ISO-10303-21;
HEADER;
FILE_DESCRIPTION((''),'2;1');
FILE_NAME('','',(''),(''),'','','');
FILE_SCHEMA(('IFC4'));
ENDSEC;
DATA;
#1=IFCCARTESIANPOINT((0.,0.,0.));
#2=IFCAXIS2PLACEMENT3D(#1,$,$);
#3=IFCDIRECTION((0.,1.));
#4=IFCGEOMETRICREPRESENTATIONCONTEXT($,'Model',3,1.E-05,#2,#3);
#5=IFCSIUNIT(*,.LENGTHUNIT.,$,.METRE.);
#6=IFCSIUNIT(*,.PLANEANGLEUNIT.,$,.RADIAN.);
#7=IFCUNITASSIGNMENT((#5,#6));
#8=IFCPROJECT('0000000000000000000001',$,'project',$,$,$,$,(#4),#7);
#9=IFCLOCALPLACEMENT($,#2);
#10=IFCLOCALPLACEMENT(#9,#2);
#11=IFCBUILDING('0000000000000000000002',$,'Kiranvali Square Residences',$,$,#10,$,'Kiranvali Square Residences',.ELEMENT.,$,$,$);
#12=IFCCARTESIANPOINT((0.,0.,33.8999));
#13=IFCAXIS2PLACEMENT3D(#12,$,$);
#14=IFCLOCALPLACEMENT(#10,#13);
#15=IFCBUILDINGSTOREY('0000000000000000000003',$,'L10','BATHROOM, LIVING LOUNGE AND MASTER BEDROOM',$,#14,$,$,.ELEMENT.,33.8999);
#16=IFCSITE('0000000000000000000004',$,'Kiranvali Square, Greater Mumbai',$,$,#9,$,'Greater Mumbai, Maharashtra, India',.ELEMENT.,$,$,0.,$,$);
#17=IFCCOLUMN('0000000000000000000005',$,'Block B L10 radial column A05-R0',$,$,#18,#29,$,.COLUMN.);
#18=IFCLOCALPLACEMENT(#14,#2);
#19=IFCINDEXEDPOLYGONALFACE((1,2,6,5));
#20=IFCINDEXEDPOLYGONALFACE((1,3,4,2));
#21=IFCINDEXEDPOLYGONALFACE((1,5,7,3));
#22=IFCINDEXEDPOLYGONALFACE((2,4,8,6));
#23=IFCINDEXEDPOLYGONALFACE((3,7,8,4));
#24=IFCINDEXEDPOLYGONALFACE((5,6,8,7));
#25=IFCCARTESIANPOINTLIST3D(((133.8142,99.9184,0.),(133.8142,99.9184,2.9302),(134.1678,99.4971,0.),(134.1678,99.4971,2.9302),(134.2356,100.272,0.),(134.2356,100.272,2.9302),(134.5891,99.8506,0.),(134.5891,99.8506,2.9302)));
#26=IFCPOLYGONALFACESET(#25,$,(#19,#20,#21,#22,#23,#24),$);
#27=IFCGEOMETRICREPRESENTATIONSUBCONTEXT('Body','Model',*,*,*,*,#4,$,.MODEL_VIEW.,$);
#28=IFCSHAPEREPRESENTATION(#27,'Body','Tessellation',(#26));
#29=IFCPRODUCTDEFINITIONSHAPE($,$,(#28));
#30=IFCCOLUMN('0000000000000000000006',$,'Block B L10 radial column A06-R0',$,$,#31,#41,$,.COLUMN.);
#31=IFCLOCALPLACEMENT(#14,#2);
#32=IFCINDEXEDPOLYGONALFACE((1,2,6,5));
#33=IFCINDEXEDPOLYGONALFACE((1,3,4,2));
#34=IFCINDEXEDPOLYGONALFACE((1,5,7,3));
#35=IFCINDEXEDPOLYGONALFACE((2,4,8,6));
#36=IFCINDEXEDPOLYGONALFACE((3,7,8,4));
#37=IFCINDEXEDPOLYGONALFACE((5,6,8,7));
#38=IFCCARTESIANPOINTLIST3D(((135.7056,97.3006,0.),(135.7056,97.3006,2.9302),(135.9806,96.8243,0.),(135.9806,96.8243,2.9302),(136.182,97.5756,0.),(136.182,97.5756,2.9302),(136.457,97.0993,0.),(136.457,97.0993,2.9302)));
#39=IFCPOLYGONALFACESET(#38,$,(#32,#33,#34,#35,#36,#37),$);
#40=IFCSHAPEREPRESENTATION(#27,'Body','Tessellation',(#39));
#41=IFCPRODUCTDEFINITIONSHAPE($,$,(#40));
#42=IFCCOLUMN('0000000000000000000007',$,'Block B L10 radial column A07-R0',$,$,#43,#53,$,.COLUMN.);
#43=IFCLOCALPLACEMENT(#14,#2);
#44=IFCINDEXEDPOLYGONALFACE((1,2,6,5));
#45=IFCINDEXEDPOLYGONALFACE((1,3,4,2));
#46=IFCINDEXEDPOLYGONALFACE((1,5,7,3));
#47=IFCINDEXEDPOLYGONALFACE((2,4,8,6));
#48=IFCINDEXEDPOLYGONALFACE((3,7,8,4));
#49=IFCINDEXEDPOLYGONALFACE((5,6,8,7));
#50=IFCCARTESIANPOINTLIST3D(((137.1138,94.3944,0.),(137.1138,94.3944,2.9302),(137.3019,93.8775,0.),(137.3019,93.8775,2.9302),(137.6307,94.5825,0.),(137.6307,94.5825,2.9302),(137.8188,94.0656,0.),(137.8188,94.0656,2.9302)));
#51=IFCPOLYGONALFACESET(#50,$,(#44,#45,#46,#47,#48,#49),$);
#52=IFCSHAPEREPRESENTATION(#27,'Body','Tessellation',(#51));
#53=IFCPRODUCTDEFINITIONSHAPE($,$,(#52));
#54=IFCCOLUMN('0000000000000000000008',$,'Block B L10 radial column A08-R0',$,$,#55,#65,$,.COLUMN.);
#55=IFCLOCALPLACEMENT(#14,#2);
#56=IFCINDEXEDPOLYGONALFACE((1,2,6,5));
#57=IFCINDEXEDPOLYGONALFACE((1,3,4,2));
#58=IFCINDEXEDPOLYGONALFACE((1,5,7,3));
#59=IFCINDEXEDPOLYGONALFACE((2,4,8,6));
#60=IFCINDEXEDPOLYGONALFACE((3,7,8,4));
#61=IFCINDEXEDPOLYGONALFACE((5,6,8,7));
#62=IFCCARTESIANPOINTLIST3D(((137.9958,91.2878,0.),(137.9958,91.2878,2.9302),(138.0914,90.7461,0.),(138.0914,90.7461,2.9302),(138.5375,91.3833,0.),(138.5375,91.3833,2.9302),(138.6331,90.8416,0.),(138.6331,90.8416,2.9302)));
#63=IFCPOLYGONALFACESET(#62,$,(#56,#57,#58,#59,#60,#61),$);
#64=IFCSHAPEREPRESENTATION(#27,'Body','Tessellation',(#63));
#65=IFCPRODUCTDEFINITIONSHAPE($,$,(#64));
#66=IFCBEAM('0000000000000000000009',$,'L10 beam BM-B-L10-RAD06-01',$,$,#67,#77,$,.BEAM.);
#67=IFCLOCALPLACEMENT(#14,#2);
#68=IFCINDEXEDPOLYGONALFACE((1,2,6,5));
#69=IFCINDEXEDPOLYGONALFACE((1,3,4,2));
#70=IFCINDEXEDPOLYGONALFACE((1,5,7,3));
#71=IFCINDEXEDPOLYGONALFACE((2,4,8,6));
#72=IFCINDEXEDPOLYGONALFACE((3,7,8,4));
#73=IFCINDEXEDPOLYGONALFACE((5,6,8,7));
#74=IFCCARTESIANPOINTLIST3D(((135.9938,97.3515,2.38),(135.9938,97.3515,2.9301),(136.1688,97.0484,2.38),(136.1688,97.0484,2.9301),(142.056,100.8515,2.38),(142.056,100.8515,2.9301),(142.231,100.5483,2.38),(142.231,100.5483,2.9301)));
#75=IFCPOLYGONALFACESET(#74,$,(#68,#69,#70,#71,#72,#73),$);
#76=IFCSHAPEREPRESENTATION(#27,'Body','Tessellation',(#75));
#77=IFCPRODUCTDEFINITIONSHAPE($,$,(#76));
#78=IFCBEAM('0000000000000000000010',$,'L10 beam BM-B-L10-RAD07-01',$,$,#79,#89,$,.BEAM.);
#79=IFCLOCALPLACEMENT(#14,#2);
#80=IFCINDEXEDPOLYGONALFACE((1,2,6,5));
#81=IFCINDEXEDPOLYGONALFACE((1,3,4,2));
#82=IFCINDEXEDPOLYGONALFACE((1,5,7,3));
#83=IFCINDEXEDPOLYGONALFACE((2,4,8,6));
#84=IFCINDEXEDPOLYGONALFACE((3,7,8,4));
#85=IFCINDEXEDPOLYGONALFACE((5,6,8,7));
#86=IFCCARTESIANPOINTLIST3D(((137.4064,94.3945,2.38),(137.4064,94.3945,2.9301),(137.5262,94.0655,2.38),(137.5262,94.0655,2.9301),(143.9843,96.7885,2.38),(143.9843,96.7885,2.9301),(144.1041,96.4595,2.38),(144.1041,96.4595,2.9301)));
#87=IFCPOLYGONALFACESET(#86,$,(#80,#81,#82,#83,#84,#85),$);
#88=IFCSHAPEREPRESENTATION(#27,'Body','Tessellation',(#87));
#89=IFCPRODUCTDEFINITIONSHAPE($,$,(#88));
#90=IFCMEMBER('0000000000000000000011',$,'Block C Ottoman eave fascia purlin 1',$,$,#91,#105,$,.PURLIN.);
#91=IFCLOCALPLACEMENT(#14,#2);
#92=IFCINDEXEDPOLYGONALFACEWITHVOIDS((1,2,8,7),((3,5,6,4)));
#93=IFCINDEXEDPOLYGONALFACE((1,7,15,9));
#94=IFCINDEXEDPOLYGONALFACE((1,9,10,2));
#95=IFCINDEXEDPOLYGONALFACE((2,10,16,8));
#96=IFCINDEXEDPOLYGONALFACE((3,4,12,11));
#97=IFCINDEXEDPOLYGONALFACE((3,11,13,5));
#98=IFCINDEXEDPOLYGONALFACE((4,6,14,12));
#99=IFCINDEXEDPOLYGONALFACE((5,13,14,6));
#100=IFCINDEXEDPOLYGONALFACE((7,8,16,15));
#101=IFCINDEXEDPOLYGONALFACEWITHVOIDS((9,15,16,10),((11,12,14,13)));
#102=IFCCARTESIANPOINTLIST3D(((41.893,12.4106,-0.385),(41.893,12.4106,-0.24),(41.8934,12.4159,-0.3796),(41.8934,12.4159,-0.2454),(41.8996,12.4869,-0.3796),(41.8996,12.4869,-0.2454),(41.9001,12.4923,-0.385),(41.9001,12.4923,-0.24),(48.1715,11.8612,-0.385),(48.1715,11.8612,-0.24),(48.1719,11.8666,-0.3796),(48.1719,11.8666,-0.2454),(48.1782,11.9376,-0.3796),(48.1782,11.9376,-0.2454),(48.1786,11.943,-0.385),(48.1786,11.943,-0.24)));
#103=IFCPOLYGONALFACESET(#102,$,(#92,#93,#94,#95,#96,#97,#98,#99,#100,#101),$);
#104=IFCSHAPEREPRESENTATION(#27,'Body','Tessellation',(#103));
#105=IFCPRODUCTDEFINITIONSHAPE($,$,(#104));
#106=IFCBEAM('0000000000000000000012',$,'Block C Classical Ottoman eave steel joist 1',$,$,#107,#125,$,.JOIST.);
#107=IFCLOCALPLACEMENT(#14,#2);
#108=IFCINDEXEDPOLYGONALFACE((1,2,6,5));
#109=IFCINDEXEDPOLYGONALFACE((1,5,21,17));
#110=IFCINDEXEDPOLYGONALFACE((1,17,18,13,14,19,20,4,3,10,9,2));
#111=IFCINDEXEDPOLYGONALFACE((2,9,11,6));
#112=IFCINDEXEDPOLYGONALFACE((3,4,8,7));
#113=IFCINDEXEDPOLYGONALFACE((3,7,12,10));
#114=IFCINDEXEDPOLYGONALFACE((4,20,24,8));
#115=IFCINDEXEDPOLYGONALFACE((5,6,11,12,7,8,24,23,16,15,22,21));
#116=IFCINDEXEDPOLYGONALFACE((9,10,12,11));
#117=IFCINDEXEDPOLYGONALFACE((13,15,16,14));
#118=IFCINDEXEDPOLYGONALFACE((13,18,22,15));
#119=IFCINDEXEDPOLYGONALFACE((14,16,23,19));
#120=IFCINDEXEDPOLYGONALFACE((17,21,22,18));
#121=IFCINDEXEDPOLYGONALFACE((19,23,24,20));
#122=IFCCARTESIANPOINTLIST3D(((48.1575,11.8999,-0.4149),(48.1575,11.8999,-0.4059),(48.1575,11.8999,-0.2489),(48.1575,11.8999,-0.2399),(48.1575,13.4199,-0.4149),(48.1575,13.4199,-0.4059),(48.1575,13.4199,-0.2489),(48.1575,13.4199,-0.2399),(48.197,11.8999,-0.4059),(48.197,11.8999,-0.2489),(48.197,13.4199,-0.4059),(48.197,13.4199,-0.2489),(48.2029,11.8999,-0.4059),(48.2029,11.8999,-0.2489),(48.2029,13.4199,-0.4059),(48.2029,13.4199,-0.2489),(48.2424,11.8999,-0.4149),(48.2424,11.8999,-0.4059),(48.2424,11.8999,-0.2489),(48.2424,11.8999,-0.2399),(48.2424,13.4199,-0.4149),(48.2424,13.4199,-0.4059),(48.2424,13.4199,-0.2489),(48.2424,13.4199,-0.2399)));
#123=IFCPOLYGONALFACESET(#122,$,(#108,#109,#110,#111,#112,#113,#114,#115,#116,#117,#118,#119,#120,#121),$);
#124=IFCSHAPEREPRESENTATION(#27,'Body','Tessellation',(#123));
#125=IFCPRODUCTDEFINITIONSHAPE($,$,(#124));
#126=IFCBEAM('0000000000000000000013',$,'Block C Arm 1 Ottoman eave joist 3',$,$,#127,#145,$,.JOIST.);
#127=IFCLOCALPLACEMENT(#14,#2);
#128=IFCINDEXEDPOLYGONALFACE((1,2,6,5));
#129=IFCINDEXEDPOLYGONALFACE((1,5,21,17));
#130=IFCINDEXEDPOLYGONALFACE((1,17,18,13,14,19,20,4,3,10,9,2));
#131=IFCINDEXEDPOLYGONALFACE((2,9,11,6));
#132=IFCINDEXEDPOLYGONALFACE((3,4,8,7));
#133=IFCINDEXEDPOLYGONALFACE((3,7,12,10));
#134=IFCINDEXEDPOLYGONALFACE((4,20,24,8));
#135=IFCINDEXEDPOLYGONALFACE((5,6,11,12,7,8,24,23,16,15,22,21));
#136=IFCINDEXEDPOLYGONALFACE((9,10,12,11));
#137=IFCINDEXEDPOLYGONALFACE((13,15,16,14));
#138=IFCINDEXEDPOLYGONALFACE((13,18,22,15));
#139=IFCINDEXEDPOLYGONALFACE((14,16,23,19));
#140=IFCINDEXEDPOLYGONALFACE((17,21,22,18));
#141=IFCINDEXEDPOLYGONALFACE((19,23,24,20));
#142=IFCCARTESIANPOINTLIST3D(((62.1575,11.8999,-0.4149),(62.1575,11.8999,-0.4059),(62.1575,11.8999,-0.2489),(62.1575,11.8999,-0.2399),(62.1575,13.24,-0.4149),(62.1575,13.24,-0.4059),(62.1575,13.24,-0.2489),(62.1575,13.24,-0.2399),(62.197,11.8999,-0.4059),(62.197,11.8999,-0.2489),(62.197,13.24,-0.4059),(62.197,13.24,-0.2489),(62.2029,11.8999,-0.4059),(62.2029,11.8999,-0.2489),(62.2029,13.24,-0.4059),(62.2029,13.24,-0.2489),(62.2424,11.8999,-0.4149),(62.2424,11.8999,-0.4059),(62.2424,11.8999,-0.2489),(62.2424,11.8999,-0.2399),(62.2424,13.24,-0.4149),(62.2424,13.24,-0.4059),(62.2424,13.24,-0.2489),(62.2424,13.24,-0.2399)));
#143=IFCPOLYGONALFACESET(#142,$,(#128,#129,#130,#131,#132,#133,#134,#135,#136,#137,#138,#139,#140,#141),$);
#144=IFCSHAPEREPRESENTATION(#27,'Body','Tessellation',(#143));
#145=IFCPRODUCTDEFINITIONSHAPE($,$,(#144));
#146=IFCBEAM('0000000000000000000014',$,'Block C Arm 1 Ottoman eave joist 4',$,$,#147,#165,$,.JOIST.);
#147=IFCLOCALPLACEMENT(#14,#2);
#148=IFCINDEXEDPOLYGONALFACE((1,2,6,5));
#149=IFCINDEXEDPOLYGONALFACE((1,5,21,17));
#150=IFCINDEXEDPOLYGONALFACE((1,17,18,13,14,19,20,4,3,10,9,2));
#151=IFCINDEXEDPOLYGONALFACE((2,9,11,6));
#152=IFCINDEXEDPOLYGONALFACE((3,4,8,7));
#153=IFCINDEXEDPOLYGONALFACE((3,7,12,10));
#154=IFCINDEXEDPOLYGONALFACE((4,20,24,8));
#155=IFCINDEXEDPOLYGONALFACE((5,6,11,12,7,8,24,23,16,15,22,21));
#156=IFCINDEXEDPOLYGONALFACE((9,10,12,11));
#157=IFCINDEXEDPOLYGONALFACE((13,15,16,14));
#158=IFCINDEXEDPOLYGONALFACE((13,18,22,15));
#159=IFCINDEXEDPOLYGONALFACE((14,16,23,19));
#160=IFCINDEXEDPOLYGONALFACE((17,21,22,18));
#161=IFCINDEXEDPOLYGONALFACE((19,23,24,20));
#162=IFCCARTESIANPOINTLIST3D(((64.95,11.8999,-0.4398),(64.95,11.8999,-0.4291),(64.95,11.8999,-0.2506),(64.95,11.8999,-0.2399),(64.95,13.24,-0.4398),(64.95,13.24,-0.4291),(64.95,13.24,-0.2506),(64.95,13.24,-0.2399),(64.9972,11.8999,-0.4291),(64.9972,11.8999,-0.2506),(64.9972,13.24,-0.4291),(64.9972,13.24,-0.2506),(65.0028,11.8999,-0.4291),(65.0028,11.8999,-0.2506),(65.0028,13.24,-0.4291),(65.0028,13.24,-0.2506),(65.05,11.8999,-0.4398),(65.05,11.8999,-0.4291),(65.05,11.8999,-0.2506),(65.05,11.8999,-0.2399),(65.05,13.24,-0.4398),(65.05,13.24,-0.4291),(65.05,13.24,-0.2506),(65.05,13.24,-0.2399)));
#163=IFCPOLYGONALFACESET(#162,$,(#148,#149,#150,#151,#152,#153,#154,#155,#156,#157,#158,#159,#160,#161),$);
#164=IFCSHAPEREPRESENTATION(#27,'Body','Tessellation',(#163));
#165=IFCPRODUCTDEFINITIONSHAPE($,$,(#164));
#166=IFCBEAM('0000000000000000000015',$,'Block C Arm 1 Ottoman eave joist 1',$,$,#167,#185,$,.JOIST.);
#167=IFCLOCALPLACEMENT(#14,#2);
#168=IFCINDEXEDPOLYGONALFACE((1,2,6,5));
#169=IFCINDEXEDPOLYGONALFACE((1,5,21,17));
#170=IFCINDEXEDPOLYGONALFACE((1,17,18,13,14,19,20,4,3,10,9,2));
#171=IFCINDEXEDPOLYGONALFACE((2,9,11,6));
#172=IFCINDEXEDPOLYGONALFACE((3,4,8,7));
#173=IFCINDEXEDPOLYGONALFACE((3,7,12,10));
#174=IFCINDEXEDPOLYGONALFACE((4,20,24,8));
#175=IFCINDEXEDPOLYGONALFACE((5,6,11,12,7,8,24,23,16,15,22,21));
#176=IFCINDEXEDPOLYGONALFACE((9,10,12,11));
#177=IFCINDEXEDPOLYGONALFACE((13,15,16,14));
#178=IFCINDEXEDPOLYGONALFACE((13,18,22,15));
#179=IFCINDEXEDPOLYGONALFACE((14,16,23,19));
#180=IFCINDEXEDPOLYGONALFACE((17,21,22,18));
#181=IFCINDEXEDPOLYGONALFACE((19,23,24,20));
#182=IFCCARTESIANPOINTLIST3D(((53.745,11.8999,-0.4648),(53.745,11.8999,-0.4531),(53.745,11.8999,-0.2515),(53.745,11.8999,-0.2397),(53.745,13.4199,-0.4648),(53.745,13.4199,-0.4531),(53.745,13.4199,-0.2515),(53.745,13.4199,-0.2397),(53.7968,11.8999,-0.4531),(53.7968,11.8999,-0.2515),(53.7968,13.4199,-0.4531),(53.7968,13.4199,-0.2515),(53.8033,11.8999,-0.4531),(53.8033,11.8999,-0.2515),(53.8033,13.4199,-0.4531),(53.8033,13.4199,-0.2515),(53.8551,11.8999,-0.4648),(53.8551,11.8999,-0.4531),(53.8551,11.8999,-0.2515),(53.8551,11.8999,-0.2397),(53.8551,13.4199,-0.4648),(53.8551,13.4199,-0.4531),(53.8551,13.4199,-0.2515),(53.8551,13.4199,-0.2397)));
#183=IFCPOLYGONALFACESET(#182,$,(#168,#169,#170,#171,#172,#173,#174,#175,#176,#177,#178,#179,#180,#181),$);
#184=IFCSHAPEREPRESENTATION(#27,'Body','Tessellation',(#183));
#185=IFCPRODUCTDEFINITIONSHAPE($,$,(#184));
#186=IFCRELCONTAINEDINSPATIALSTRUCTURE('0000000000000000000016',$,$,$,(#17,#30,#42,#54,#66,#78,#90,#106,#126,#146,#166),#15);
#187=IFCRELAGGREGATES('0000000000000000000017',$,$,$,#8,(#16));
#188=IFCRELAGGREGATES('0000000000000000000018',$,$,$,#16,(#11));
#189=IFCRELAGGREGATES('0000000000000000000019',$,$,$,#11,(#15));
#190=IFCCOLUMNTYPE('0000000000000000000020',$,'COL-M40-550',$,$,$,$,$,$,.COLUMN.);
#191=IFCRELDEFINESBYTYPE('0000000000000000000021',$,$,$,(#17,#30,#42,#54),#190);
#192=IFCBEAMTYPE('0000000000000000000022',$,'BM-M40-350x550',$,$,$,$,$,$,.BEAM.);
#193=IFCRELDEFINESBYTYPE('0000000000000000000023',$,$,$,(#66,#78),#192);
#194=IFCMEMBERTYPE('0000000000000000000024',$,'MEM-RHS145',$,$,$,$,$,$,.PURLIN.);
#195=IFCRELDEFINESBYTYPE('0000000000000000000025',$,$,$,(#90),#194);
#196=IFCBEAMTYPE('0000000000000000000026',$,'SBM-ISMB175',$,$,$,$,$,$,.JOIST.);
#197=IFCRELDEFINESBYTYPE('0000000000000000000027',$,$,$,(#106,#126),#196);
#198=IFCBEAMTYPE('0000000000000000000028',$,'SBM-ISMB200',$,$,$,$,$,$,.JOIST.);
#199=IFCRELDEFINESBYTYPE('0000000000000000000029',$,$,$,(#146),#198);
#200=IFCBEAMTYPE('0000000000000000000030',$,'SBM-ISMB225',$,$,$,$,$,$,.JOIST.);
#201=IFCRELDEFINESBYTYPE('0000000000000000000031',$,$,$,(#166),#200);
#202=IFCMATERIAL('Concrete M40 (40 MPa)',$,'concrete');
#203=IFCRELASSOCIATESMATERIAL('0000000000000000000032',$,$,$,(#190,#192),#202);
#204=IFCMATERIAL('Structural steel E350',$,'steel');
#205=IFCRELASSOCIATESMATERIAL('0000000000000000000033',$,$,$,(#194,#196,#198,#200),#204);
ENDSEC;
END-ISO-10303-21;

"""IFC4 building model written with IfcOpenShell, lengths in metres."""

from ifc_helpers import new_model, si_unit, direction, frame, origin, origin_2d, place, context, subcontext, project, spatial, rectangle, hollow_rectangle, i_section, extrude, material, material_profile, profile_set, type_object, element, save


model = new_model("IFC4")

# Units and contexts
model_context = context("Model", 3, precision=1e-05, world=origin(), true_north=direction((0.0, 1.0)))
body_context = subcontext(model_context, "Body", "Model", "MODEL_VIEW")
ifc_project = project(units=[si_unit("LENGTHUNIT", "METRE"), si_unit("PLANEANGLEUNIT", "RADIAN")], contexts=[model_context])

# Site, building, storey
site_placement = place(None, origin())
site = spatial("IfcSite", under=ifc_project, at=site_placement, Name="Kiranvali Square, Greater Mumbai", LongName="Greater Mumbai, Maharashtra, India", CompositionType="ELEMENT", RefElevation=0.0)
building_placement = place(site_placement, origin())
building = spatial("IfcBuilding", under=site, at=building_placement, Name="Kiranvali Square Residences", LongName="Kiranvali Square Residences", CompositionType="ELEMENT")
storey_placement = place(building_placement, frame((0.0, 0.0, 33.8999)))
storey = spatial("IfcBuildingStorey", under=building, at=storey_placement, Name="L10", Description="BATHROOM, LIVING LOUNGE AND MASTER BEDROOM", CompositionType="ELEMENT", Elevation=33.8999)

# Columns
ifc_material_1 = material(Name="Concrete M40 (40 MPa)", Category="concrete")
ifc_material_profile_1 = material_profile(ifc_material_1, rectangle(XDim=0.55, YDim=0.55, at=origin_2d()), Name="RC 550x550")
ifc_profile_set_1 = profile_set([ifc_material_profile_1], Name="Concrete M40 (40 MPa)")
column_type = type_object("IfcColumnType", Name="COL-M40-550", PredefinedType="COLUMN", material=ifc_profile_set_1)
for number, where, z_axis, x_axis, name in (
    (1, (134.2017, 99.8845, 0.0), (0.0, 0.0, 1.0), (-0.642788, 0.766044, 0.0), "Block B L10 radial column A05-R0"),
    (2, (136.0813, 97.2, 0.0), (0.0, 0.0, 1.0), (-0.5, 0.866025, 0.0), "Block B L10 radial column A06-R0"),
    (3, (137.4663, 94.23, 0.0), (0.0, 0.0, 1.0), (-0.34202, 0.939693, 0.0), "Block B L10 radial column A07-R0"),
    (4, (138.3145, 91.0647, 0.0), (0.0, 0.0, 1.0), (-0.173648, 0.984808, 0.0), "Block B L10 radial column A08-R0"),
):
    element("IfcColumn", number, at=place(storey_placement, frame(where, z_axis=z_axis, x_axis=x_axis)), inside=storey, type_object=column_type, Name=name, PredefinedType="COLUMN", context=body_context, shape_type="SweptSolid", body=[
        extrude(rectangle(XDim=0.55, YDim=0.55, at=origin_2d()), origin(), (0.0, 0.0, 1.0), 2.9302),
    ])

# Beams
ifc_material_profile_2 = material_profile(ifc_material_1, rectangle(XDim=0.3501, YDim=0.55, at=origin_2d()), Name="RC 350x550")
ifc_profile_set_2 = profile_set([ifc_material_profile_2], Name="Concrete M40 (40 MPa)")
beam_type_1 = type_object("IfcBeamType", Name="BM-M40-350x550", PredefinedType="BEAM", material=ifc_profile_set_2)
for number, where, z_axis, x_axis, name in (
    (5, (136.0813, 97.2, 2.655), (0.866028, 0.499995, 0.0), (-0.499995, 0.866028, 0.0), "L10 beam BM-B-L10-RAD06-01"),
    (6, (137.4663, 94.23, 2.655), (0.939698, 0.342006, 0.0), (-0.342006, 0.939698, 0.0), "L10 beam BM-B-L10-RAD07-01"),
):
    element("IfcBeam", number, at=place(storey_placement, frame(where, z_axis=z_axis, x_axis=x_axis)), inside=storey, type_object=beam_type_1, Name=name, PredefinedType="BEAM", context=body_context, shape_type="SweptSolid", body=[
        extrude(rectangle(XDim=0.3501, YDim=0.55, at=origin_2d()), origin(), (0.0, 0.0, 1.0), 7.0),
    ])

# Member
ifc_material_2 = material(Name="Structural steel E350", Category="steel")
ifc_material_profile_3 = material_profile(ifc_material_2, hollow_rectangle(XDim=0.082, YDim=0.145, WallThickness=0.0054, at=origin_2d()), Name="RHS 145x82x5.4")
ifc_profile_set_3 = profile_set([ifc_material_profile_3], Name="Structural steel E350")
member_type = type_object("IfcMemberType", Name="MEM-RHS145", PredefinedType="PURLIN", material=ifc_profile_set_3)
member_placement = place(storey_placement, frame((48.175, 11.9021, -0.3125), z_axis=(-0.996195, 0.087158, 0.0), x_axis=(-0.087158, -0.996195, 0.0)))
element("IfcMember", 7, at=member_placement, inside=storey, type_object=member_type, Name="Block C Ottoman eave fascia purlin 1", PredefinedType="PURLIN", context=body_context, shape_type="SweptSolid", body=[
    extrude(hollow_rectangle(XDim=0.082, YDim=0.145, WallThickness=0.0054, at=origin_2d()), origin(), (0.0, 0.0, 1.0), 6.3025),
])

# Beams
ifc_material_profile_4 = material_profile(ifc_material_2, i_section(OverallWidth=0.085, OverallDepth=0.175, WebThickness=0.0059, FlangeThickness=0.009, at=origin_2d()), Name="ISMB 175")
ifc_profile_set_4 = profile_set([ifc_material_profile_4], Name="Structural steel E350")
beam_type_2 = type_object("IfcBeamType", Name="SBM-ISMB175", PredefinedType="JOIST", material=ifc_profile_set_4)
beam_1_placement = place(storey_placement, frame((48.2, 13.4199, -0.3274), z_axis=(0.0, -1.0, 0.0), x_axis=(1.0, 0.0, 0.0)))
element("IfcBeam", 8, at=beam_1_placement, inside=storey, type_object=beam_type_2, Name="Block C Classical Ottoman eave steel joist 1", PredefinedType="JOIST", context=body_context, shape_type="SweptSolid", body=[
    extrude(i_section(OverallWidth=0.085, OverallDepth=0.175, WebThickness=0.0059, FlangeThickness=0.009, at=origin_2d()), origin(), (0.0, 0.0, 1.0), 1.52),
])
beam_2_placement = place(storey_placement, frame((62.2, 13.24, -0.3274), z_axis=(0.0, -1.0, 0.0), x_axis=(1.0, 0.0, 0.0)))
element("IfcBeam", 9, at=beam_2_placement, inside=storey, type_object=beam_type_2, Name="Block C Arm 1 Ottoman eave joist 3", PredefinedType="JOIST", context=body_context, shape_type="SweptSolid", body=[
    extrude(i_section(OverallWidth=0.085, OverallDepth=0.175, WebThickness=0.0059, FlangeThickness=0.009, at=origin_2d()), origin(), (0.0, 0.0, 1.0), 1.3401),
])
ifc_material_profile_5 = material_profile(ifc_material_2, i_section(OverallWidth=0.1001, OverallDepth=0.2, WebThickness=0.0056, FlangeThickness=0.0107, at=origin_2d()), Name="ISMB 200")
ifc_profile_set_5 = profile_set([ifc_material_profile_5], Name="Structural steel E350")
beam_type_3 = type_object("IfcBeamType", Name="SBM-ISMB200", PredefinedType="JOIST", material=ifc_profile_set_5)
beam_3_placement = place(storey_placement, frame((65.0, 13.24, -0.3398), z_axis=(0.0, -1.0, 0.0), x_axis=(1.0, 0.0, 0.0)))
element("IfcBeam", 10, at=beam_3_placement, inside=storey, type_object=beam_type_3, Name="Block C Arm 1 Ottoman eave joist 4", PredefinedType="JOIST", context=body_context, shape_type="SweptSolid", body=[
    extrude(i_section(OverallWidth=0.1001, OverallDepth=0.2, WebThickness=0.0056, FlangeThickness=0.0107, at=origin_2d()), origin(), (0.0, 0.0, 1.0), 1.3401),
])
ifc_material_profile_6 = material_profile(ifc_material_2, i_section(OverallWidth=0.1101, OverallDepth=0.2251, WebThickness=0.0066, FlangeThickness=0.0117, at=origin_2d()), Name="ISMB 225")
ifc_profile_set_6 = profile_set([ifc_material_profile_6], Name="Structural steel E350")
beam_type_4 = type_object("IfcBeamType", Name="SBM-ISMB225", PredefinedType="JOIST", material=ifc_profile_set_6)
beam_4_placement = place(storey_placement, frame((53.8, 13.4199, -0.3523), z_axis=(0.0, -1.0, 0.0), x_axis=(1.0, 0.0, 0.0)))
element("IfcBeam", 11, at=beam_4_placement, inside=storey, type_object=beam_type_4, Name="Block C Arm 1 Ottoman eave joist 1", PredefinedType="JOIST", context=body_context, shape_type="SweptSolid", body=[
    extrude(i_section(OverallWidth=0.1101, OverallDepth=0.2251, WebThickness=0.0066, FlangeThickness=0.0117, at=origin_2d()), origin(), (0.0, 0.0, 1.0), 1.52),
])

save(model, "model.ifc")
